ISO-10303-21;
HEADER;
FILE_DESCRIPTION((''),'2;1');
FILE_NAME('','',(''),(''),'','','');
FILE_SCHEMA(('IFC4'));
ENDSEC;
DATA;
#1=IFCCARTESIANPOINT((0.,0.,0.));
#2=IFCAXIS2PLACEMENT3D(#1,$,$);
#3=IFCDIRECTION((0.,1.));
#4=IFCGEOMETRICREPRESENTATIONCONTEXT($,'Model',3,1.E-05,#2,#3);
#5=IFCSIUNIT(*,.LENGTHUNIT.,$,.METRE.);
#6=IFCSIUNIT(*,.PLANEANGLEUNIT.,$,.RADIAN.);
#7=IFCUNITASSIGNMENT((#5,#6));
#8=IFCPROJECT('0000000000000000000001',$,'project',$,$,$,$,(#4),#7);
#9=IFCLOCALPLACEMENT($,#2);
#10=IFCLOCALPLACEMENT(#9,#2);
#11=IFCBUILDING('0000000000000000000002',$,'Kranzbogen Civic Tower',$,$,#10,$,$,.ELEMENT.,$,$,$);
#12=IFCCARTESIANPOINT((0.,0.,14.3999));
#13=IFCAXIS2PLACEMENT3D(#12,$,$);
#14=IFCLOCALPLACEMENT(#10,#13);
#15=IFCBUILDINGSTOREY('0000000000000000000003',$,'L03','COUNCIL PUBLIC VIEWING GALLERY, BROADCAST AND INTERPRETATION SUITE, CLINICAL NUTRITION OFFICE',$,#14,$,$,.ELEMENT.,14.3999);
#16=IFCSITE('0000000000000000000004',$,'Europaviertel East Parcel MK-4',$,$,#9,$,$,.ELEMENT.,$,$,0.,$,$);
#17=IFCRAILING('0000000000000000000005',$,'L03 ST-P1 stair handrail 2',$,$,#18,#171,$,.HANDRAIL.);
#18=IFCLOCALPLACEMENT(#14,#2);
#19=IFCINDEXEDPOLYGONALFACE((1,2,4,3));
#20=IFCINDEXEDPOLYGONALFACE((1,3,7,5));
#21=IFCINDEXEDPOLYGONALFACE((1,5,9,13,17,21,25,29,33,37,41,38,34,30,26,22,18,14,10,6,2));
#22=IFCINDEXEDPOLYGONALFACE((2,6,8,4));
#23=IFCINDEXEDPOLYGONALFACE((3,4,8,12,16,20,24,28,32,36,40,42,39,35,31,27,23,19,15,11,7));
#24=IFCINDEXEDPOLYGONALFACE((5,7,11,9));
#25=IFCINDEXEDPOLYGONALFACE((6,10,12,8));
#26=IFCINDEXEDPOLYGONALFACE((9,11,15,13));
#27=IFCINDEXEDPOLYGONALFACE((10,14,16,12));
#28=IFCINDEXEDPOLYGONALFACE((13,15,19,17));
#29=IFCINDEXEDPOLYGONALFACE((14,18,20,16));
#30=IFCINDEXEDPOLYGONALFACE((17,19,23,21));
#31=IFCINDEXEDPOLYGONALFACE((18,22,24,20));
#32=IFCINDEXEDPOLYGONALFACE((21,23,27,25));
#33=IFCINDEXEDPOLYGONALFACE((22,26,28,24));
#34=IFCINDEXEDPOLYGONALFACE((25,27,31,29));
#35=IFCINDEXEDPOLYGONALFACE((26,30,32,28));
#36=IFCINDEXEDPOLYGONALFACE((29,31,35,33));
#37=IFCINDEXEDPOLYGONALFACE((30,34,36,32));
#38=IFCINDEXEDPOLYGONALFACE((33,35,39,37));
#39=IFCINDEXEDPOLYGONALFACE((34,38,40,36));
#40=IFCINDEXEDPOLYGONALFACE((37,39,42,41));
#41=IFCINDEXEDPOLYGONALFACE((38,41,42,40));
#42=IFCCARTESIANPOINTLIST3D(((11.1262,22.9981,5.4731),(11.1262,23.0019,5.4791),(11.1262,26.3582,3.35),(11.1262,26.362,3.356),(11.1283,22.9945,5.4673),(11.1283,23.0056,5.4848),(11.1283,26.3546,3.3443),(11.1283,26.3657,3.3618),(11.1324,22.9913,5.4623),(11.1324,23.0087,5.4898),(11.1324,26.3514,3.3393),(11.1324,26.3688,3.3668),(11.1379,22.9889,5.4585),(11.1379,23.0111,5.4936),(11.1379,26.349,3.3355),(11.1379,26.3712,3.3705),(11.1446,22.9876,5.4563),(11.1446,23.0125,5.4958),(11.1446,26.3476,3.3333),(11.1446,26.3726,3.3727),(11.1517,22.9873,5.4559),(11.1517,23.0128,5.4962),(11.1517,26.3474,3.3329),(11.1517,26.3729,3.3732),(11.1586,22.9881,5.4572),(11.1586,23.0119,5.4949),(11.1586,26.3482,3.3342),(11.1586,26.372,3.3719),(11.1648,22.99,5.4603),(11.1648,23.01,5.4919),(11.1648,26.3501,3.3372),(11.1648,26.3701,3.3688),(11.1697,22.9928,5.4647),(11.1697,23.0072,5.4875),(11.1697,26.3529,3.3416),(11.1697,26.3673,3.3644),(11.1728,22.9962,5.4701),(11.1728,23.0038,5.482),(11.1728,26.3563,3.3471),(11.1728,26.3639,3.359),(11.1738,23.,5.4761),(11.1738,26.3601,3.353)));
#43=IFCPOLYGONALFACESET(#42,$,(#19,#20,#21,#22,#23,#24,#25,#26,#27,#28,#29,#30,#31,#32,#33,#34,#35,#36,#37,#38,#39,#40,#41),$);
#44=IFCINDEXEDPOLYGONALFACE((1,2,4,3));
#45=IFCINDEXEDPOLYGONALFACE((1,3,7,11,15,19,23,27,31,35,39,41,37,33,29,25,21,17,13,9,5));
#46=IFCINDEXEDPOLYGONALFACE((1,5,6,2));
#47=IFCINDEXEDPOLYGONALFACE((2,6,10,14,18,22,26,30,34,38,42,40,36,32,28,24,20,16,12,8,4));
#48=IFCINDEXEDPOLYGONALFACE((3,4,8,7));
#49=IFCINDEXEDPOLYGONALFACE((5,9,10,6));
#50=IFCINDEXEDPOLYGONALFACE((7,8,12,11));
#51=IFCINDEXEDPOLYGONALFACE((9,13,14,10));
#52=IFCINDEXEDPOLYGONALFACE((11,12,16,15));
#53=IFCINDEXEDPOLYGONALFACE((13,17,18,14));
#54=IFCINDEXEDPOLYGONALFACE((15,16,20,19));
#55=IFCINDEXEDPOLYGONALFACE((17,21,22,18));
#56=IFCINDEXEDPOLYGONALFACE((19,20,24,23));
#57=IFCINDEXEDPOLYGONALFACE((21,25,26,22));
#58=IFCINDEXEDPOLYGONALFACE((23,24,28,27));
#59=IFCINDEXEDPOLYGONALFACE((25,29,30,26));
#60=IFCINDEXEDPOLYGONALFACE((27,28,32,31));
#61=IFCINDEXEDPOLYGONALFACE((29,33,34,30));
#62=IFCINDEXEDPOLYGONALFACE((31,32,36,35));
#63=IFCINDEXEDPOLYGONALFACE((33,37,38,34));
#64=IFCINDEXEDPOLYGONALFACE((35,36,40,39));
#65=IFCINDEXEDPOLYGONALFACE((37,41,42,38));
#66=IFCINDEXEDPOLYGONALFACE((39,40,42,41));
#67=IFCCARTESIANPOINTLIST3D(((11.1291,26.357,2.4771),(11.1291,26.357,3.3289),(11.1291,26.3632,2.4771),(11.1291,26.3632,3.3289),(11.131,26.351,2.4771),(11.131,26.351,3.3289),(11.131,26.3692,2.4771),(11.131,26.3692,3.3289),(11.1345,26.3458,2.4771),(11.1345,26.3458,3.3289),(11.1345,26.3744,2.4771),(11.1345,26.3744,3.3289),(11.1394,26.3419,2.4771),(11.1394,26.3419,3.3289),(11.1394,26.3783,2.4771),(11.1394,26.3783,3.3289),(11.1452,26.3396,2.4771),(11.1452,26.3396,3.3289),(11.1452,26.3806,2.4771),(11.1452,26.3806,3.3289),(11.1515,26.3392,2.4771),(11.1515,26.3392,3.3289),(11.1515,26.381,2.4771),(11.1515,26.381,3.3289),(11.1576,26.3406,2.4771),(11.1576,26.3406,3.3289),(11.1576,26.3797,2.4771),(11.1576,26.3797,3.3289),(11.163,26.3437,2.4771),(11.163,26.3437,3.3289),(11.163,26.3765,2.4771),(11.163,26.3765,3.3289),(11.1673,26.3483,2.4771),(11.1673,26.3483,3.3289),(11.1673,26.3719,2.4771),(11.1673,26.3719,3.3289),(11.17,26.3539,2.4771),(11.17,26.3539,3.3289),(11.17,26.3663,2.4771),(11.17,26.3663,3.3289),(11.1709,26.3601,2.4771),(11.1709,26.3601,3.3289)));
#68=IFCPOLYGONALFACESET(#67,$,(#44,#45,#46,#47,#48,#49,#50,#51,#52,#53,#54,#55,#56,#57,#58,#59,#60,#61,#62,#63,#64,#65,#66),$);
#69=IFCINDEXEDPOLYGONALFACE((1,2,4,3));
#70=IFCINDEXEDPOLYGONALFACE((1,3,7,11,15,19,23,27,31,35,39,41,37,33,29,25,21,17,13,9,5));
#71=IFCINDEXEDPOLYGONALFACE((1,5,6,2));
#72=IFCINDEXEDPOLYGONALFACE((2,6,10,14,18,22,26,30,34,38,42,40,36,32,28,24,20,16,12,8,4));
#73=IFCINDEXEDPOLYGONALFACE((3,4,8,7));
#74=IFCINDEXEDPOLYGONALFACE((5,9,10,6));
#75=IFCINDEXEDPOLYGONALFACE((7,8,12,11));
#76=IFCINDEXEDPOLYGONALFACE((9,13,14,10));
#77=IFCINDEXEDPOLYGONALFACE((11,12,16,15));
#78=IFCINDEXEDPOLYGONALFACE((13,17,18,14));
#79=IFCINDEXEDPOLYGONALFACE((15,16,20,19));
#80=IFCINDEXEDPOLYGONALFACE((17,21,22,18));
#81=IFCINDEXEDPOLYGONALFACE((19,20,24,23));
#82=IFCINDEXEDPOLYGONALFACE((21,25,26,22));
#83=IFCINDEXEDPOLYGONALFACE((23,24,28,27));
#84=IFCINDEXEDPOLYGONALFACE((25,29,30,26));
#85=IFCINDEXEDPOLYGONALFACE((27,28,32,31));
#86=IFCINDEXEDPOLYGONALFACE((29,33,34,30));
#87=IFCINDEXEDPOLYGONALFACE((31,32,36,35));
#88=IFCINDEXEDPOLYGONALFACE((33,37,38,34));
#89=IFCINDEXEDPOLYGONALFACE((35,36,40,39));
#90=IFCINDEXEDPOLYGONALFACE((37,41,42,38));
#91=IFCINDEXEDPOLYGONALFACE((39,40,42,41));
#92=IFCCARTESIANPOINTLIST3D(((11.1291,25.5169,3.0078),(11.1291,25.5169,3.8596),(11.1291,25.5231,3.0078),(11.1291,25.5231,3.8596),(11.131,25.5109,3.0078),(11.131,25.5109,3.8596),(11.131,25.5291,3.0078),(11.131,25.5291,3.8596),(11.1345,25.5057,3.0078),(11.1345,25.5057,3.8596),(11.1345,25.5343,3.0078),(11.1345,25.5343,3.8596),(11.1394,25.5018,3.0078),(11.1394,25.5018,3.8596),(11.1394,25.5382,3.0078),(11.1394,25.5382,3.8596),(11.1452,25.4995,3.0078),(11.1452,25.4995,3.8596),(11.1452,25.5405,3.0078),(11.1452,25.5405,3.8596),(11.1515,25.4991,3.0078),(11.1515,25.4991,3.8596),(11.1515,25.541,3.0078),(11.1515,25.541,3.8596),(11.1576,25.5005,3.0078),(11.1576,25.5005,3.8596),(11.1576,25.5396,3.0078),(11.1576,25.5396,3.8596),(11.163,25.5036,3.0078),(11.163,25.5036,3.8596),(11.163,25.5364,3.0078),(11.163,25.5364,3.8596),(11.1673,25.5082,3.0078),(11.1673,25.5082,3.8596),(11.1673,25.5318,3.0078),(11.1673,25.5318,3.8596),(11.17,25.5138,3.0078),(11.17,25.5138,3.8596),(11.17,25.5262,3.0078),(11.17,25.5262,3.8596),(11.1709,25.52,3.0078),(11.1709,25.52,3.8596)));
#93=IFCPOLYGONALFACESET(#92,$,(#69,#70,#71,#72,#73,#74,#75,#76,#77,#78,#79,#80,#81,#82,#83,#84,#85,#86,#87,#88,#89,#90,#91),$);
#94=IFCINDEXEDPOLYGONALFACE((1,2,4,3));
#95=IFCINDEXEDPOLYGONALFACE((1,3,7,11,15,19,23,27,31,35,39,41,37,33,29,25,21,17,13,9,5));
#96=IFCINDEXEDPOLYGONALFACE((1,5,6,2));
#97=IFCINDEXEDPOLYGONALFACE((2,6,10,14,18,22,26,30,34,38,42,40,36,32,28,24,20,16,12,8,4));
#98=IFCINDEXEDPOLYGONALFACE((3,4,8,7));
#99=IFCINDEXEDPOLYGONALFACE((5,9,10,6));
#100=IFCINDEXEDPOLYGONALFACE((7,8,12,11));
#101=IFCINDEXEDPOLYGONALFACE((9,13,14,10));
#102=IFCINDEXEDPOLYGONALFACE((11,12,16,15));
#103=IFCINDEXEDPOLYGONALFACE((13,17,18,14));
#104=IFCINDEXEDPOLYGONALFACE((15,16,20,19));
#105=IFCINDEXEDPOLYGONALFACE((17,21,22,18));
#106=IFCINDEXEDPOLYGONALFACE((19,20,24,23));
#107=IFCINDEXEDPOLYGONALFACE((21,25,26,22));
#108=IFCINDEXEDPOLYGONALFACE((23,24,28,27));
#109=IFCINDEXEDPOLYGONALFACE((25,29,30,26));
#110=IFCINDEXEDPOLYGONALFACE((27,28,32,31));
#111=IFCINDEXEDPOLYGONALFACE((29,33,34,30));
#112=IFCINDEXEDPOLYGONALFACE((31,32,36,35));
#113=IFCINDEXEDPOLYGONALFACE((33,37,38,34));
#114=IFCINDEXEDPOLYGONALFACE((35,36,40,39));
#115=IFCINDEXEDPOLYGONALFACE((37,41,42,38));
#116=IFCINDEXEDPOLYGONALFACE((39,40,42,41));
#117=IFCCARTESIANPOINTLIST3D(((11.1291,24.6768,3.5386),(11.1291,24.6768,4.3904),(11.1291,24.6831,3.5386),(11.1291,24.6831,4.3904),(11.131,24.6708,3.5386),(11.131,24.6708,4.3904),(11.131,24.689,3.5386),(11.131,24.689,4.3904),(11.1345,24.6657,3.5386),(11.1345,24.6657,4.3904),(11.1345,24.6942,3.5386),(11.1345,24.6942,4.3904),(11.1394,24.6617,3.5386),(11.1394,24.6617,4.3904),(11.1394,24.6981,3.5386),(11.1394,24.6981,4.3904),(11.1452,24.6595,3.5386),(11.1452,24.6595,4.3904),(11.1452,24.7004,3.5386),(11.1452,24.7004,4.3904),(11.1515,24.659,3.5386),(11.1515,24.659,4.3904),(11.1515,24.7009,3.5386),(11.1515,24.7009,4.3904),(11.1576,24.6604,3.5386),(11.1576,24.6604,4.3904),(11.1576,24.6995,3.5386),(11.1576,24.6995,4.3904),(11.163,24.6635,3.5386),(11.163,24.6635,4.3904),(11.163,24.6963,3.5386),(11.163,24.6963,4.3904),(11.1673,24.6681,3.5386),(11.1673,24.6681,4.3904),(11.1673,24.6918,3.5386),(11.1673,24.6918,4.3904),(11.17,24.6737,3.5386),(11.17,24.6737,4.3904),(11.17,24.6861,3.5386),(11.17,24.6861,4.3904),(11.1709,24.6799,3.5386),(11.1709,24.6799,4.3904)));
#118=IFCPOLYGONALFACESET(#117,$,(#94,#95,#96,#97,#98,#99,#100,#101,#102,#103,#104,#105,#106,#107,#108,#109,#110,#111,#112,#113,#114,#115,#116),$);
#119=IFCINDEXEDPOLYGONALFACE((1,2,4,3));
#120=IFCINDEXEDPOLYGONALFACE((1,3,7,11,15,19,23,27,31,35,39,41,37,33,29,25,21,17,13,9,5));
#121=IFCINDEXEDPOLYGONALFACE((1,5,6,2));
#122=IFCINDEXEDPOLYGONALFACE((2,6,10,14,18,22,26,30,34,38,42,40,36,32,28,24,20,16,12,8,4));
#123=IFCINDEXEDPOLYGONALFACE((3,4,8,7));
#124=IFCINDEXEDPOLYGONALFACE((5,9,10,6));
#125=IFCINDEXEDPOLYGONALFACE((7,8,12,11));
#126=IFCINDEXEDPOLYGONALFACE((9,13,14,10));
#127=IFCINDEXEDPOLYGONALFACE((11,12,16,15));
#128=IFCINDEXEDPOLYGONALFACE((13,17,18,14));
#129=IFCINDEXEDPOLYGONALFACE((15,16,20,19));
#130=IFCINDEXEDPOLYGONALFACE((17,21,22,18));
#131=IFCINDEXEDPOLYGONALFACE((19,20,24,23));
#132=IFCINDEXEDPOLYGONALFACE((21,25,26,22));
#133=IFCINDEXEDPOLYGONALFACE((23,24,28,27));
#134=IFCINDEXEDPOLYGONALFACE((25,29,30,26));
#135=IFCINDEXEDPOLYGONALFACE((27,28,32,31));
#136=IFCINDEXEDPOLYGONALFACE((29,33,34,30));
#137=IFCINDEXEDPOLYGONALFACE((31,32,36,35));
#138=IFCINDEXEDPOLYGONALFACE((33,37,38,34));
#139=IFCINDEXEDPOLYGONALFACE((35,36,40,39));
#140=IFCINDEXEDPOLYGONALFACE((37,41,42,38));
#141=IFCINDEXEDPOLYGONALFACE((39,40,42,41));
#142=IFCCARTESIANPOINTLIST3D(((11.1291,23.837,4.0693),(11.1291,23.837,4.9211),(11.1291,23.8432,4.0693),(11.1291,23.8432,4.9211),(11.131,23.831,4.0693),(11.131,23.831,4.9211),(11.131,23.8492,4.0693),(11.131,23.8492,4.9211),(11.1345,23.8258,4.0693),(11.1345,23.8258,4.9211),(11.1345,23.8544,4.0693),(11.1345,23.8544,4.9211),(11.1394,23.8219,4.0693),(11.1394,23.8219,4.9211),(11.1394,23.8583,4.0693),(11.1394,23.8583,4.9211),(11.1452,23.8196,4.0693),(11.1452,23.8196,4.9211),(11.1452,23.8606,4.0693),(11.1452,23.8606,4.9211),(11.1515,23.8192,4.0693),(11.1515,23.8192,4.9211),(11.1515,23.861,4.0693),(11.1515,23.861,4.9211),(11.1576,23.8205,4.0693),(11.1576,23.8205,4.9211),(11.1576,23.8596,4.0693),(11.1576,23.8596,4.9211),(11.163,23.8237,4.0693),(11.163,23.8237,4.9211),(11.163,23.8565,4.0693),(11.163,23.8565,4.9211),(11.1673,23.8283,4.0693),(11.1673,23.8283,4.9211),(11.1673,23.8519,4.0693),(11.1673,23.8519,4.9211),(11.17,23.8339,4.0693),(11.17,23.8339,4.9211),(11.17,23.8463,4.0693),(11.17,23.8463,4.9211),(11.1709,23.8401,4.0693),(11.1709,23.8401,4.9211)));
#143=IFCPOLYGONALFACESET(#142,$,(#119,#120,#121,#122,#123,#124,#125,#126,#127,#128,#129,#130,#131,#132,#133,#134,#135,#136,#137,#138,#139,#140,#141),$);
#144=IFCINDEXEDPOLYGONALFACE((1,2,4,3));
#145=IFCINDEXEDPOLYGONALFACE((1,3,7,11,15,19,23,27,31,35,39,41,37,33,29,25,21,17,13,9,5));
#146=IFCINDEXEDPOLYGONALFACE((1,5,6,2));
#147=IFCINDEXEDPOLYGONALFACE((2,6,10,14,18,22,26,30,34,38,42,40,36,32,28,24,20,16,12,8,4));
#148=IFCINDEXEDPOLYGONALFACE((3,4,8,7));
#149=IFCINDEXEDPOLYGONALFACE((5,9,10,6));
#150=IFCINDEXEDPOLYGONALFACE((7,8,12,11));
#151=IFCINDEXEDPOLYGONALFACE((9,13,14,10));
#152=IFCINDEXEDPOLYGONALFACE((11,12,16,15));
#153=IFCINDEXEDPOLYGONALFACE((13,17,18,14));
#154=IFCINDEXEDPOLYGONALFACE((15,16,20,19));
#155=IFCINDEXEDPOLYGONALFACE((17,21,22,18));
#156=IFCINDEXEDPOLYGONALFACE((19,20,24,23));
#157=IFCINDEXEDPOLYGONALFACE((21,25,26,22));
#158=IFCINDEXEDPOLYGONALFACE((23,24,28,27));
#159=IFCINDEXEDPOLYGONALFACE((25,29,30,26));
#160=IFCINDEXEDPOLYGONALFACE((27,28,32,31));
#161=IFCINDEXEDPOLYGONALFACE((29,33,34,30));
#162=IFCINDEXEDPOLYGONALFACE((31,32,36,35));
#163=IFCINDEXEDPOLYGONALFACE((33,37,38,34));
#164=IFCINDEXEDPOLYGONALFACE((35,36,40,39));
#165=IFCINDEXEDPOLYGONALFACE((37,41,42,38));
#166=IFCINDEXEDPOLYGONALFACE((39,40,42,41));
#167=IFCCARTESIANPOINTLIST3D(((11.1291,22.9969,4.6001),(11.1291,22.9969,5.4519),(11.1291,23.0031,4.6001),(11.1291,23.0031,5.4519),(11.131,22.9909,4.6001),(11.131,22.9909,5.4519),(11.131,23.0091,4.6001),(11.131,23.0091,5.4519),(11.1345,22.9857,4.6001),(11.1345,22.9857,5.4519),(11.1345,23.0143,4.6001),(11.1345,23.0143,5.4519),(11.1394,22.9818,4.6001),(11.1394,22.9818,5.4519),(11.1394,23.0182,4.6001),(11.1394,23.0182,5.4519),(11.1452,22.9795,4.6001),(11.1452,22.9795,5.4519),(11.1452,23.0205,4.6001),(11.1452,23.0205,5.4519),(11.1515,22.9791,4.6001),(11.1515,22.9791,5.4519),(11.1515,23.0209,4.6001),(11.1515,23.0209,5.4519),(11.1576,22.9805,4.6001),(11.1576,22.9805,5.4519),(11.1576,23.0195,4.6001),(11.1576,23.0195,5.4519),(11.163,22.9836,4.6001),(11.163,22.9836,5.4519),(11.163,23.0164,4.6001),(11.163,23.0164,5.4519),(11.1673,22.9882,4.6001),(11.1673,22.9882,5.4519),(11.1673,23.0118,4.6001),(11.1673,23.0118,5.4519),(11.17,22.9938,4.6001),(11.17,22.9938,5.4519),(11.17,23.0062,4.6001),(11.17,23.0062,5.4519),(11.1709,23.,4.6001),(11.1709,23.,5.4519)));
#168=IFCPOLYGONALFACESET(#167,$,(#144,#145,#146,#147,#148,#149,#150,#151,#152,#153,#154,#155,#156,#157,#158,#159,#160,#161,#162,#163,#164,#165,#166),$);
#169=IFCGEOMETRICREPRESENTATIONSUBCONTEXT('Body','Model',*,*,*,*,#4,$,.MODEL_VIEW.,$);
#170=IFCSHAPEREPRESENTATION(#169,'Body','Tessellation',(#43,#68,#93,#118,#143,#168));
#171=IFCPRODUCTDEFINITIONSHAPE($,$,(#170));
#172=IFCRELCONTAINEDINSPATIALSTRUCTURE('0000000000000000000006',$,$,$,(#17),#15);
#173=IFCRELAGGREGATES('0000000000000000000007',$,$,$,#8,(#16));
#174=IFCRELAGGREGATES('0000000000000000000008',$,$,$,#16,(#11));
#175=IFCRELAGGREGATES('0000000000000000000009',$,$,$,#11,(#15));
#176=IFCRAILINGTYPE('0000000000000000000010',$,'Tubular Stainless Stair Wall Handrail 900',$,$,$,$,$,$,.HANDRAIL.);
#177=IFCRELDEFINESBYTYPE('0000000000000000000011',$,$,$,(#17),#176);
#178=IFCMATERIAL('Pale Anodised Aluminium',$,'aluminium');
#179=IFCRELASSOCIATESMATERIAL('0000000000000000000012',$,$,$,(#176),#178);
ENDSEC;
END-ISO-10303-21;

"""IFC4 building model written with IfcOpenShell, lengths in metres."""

from ifc_helpers import new_model, si_unit, direction, frame, origin, origin_2d, place, context, subcontext, project, spatial, circle, extrude, material, type_object, element, save


model = new_model("IFC4")

# Units and contexts
model_context = context("Model", 3, precision=1e-05, world=origin(), true_north=direction((0.0, 1.0)))
body_context = subcontext(model_context, "Body", "Model", "MODEL_VIEW")
ifc_project = project(units=[si_unit("LENGTHUNIT", "METRE"), si_unit("PLANEANGLEUNIT", "RADIAN")], contexts=[model_context])

# Site, building, storey
site_placement = place(None, origin())
site = spatial("IfcSite", under=ifc_project, at=site_placement, Name="Europaviertel East Parcel MK-4", CompositionType="ELEMENT", RefElevation=0.0)
building_placement = place(site_placement, origin())
building = spatial("IfcBuilding", under=site, at=building_placement, Name="Kranzbogen Civic Tower", CompositionType="ELEMENT")
storey_placement = place(building_placement, frame((0.0, 0.0, 14.3999)))
storey = spatial("IfcBuildingStorey", under=building, at=storey_placement, Name="L03", Description="COUNCIL PUBLIC VIEWING GALLERY, BROADCAST AND INTERPRETATION SUITE, CLINICAL NUTRITION OFFICE", CompositionType="ELEMENT", Elevation=14.3999)

# Shared definitions
ifc_material_1 = material(Name="Pale Anodised Aluminium", Category="aluminium")

# Railing
railing_type_1 = type_object("IfcRailingType", Name="Tubular Stainless Stair Wall Handrail 900", PredefinedType="HANDRAIL", material=ifc_material_1)
railing_1_placement = place(storey_placement, frame((11.1499, 26.3601, 2.4771)))
element("IfcRailing", 1, at=railing_1_placement, inside=storey, type_object=railing_type_1, Name="L03 ST-P1 stair handrail 2", PredefinedType="HANDRAIL", context=body_context, shape_type="SweptSolid", body=[
    extrude(circle(Radius=0.0239, at=origin_2d()), frame((0.0, 0.0, 0.876), z_axis=(0.0, -0.84539, 0.53415), x_axis=(1.0, 0.0, 0.0)), (0.0, 0.0, 1.0), 3.9746),
    extrude(circle(Radius=0.021, at=origin_2d()), origin(), (0.0, 0.0, 1.0), 0.8518),
    extrude(circle(Radius=0.021, at=origin_2d()), frame((0.0, -0.8401, 0.5308)), (0.0, 0.0, 1.0), 0.8518),
    extrude(circle(Radius=0.021, at=origin_2d()), frame((0.0, -1.6802, 1.0615)), (0.0, 0.0, 1.0), 0.8518),
    extrude(circle(Radius=0.021, at=origin_2d()), frame((0.0, -2.52, 1.5923)), (0.0, 0.0, 1.0), 0.8518),
    extrude(circle(Radius=0.021, at=origin_2d()), frame((0.0, -3.3601, 2.123)), (0.0, 0.0, 1.0), 0.8518),
])

save(model, "model.ifc")
